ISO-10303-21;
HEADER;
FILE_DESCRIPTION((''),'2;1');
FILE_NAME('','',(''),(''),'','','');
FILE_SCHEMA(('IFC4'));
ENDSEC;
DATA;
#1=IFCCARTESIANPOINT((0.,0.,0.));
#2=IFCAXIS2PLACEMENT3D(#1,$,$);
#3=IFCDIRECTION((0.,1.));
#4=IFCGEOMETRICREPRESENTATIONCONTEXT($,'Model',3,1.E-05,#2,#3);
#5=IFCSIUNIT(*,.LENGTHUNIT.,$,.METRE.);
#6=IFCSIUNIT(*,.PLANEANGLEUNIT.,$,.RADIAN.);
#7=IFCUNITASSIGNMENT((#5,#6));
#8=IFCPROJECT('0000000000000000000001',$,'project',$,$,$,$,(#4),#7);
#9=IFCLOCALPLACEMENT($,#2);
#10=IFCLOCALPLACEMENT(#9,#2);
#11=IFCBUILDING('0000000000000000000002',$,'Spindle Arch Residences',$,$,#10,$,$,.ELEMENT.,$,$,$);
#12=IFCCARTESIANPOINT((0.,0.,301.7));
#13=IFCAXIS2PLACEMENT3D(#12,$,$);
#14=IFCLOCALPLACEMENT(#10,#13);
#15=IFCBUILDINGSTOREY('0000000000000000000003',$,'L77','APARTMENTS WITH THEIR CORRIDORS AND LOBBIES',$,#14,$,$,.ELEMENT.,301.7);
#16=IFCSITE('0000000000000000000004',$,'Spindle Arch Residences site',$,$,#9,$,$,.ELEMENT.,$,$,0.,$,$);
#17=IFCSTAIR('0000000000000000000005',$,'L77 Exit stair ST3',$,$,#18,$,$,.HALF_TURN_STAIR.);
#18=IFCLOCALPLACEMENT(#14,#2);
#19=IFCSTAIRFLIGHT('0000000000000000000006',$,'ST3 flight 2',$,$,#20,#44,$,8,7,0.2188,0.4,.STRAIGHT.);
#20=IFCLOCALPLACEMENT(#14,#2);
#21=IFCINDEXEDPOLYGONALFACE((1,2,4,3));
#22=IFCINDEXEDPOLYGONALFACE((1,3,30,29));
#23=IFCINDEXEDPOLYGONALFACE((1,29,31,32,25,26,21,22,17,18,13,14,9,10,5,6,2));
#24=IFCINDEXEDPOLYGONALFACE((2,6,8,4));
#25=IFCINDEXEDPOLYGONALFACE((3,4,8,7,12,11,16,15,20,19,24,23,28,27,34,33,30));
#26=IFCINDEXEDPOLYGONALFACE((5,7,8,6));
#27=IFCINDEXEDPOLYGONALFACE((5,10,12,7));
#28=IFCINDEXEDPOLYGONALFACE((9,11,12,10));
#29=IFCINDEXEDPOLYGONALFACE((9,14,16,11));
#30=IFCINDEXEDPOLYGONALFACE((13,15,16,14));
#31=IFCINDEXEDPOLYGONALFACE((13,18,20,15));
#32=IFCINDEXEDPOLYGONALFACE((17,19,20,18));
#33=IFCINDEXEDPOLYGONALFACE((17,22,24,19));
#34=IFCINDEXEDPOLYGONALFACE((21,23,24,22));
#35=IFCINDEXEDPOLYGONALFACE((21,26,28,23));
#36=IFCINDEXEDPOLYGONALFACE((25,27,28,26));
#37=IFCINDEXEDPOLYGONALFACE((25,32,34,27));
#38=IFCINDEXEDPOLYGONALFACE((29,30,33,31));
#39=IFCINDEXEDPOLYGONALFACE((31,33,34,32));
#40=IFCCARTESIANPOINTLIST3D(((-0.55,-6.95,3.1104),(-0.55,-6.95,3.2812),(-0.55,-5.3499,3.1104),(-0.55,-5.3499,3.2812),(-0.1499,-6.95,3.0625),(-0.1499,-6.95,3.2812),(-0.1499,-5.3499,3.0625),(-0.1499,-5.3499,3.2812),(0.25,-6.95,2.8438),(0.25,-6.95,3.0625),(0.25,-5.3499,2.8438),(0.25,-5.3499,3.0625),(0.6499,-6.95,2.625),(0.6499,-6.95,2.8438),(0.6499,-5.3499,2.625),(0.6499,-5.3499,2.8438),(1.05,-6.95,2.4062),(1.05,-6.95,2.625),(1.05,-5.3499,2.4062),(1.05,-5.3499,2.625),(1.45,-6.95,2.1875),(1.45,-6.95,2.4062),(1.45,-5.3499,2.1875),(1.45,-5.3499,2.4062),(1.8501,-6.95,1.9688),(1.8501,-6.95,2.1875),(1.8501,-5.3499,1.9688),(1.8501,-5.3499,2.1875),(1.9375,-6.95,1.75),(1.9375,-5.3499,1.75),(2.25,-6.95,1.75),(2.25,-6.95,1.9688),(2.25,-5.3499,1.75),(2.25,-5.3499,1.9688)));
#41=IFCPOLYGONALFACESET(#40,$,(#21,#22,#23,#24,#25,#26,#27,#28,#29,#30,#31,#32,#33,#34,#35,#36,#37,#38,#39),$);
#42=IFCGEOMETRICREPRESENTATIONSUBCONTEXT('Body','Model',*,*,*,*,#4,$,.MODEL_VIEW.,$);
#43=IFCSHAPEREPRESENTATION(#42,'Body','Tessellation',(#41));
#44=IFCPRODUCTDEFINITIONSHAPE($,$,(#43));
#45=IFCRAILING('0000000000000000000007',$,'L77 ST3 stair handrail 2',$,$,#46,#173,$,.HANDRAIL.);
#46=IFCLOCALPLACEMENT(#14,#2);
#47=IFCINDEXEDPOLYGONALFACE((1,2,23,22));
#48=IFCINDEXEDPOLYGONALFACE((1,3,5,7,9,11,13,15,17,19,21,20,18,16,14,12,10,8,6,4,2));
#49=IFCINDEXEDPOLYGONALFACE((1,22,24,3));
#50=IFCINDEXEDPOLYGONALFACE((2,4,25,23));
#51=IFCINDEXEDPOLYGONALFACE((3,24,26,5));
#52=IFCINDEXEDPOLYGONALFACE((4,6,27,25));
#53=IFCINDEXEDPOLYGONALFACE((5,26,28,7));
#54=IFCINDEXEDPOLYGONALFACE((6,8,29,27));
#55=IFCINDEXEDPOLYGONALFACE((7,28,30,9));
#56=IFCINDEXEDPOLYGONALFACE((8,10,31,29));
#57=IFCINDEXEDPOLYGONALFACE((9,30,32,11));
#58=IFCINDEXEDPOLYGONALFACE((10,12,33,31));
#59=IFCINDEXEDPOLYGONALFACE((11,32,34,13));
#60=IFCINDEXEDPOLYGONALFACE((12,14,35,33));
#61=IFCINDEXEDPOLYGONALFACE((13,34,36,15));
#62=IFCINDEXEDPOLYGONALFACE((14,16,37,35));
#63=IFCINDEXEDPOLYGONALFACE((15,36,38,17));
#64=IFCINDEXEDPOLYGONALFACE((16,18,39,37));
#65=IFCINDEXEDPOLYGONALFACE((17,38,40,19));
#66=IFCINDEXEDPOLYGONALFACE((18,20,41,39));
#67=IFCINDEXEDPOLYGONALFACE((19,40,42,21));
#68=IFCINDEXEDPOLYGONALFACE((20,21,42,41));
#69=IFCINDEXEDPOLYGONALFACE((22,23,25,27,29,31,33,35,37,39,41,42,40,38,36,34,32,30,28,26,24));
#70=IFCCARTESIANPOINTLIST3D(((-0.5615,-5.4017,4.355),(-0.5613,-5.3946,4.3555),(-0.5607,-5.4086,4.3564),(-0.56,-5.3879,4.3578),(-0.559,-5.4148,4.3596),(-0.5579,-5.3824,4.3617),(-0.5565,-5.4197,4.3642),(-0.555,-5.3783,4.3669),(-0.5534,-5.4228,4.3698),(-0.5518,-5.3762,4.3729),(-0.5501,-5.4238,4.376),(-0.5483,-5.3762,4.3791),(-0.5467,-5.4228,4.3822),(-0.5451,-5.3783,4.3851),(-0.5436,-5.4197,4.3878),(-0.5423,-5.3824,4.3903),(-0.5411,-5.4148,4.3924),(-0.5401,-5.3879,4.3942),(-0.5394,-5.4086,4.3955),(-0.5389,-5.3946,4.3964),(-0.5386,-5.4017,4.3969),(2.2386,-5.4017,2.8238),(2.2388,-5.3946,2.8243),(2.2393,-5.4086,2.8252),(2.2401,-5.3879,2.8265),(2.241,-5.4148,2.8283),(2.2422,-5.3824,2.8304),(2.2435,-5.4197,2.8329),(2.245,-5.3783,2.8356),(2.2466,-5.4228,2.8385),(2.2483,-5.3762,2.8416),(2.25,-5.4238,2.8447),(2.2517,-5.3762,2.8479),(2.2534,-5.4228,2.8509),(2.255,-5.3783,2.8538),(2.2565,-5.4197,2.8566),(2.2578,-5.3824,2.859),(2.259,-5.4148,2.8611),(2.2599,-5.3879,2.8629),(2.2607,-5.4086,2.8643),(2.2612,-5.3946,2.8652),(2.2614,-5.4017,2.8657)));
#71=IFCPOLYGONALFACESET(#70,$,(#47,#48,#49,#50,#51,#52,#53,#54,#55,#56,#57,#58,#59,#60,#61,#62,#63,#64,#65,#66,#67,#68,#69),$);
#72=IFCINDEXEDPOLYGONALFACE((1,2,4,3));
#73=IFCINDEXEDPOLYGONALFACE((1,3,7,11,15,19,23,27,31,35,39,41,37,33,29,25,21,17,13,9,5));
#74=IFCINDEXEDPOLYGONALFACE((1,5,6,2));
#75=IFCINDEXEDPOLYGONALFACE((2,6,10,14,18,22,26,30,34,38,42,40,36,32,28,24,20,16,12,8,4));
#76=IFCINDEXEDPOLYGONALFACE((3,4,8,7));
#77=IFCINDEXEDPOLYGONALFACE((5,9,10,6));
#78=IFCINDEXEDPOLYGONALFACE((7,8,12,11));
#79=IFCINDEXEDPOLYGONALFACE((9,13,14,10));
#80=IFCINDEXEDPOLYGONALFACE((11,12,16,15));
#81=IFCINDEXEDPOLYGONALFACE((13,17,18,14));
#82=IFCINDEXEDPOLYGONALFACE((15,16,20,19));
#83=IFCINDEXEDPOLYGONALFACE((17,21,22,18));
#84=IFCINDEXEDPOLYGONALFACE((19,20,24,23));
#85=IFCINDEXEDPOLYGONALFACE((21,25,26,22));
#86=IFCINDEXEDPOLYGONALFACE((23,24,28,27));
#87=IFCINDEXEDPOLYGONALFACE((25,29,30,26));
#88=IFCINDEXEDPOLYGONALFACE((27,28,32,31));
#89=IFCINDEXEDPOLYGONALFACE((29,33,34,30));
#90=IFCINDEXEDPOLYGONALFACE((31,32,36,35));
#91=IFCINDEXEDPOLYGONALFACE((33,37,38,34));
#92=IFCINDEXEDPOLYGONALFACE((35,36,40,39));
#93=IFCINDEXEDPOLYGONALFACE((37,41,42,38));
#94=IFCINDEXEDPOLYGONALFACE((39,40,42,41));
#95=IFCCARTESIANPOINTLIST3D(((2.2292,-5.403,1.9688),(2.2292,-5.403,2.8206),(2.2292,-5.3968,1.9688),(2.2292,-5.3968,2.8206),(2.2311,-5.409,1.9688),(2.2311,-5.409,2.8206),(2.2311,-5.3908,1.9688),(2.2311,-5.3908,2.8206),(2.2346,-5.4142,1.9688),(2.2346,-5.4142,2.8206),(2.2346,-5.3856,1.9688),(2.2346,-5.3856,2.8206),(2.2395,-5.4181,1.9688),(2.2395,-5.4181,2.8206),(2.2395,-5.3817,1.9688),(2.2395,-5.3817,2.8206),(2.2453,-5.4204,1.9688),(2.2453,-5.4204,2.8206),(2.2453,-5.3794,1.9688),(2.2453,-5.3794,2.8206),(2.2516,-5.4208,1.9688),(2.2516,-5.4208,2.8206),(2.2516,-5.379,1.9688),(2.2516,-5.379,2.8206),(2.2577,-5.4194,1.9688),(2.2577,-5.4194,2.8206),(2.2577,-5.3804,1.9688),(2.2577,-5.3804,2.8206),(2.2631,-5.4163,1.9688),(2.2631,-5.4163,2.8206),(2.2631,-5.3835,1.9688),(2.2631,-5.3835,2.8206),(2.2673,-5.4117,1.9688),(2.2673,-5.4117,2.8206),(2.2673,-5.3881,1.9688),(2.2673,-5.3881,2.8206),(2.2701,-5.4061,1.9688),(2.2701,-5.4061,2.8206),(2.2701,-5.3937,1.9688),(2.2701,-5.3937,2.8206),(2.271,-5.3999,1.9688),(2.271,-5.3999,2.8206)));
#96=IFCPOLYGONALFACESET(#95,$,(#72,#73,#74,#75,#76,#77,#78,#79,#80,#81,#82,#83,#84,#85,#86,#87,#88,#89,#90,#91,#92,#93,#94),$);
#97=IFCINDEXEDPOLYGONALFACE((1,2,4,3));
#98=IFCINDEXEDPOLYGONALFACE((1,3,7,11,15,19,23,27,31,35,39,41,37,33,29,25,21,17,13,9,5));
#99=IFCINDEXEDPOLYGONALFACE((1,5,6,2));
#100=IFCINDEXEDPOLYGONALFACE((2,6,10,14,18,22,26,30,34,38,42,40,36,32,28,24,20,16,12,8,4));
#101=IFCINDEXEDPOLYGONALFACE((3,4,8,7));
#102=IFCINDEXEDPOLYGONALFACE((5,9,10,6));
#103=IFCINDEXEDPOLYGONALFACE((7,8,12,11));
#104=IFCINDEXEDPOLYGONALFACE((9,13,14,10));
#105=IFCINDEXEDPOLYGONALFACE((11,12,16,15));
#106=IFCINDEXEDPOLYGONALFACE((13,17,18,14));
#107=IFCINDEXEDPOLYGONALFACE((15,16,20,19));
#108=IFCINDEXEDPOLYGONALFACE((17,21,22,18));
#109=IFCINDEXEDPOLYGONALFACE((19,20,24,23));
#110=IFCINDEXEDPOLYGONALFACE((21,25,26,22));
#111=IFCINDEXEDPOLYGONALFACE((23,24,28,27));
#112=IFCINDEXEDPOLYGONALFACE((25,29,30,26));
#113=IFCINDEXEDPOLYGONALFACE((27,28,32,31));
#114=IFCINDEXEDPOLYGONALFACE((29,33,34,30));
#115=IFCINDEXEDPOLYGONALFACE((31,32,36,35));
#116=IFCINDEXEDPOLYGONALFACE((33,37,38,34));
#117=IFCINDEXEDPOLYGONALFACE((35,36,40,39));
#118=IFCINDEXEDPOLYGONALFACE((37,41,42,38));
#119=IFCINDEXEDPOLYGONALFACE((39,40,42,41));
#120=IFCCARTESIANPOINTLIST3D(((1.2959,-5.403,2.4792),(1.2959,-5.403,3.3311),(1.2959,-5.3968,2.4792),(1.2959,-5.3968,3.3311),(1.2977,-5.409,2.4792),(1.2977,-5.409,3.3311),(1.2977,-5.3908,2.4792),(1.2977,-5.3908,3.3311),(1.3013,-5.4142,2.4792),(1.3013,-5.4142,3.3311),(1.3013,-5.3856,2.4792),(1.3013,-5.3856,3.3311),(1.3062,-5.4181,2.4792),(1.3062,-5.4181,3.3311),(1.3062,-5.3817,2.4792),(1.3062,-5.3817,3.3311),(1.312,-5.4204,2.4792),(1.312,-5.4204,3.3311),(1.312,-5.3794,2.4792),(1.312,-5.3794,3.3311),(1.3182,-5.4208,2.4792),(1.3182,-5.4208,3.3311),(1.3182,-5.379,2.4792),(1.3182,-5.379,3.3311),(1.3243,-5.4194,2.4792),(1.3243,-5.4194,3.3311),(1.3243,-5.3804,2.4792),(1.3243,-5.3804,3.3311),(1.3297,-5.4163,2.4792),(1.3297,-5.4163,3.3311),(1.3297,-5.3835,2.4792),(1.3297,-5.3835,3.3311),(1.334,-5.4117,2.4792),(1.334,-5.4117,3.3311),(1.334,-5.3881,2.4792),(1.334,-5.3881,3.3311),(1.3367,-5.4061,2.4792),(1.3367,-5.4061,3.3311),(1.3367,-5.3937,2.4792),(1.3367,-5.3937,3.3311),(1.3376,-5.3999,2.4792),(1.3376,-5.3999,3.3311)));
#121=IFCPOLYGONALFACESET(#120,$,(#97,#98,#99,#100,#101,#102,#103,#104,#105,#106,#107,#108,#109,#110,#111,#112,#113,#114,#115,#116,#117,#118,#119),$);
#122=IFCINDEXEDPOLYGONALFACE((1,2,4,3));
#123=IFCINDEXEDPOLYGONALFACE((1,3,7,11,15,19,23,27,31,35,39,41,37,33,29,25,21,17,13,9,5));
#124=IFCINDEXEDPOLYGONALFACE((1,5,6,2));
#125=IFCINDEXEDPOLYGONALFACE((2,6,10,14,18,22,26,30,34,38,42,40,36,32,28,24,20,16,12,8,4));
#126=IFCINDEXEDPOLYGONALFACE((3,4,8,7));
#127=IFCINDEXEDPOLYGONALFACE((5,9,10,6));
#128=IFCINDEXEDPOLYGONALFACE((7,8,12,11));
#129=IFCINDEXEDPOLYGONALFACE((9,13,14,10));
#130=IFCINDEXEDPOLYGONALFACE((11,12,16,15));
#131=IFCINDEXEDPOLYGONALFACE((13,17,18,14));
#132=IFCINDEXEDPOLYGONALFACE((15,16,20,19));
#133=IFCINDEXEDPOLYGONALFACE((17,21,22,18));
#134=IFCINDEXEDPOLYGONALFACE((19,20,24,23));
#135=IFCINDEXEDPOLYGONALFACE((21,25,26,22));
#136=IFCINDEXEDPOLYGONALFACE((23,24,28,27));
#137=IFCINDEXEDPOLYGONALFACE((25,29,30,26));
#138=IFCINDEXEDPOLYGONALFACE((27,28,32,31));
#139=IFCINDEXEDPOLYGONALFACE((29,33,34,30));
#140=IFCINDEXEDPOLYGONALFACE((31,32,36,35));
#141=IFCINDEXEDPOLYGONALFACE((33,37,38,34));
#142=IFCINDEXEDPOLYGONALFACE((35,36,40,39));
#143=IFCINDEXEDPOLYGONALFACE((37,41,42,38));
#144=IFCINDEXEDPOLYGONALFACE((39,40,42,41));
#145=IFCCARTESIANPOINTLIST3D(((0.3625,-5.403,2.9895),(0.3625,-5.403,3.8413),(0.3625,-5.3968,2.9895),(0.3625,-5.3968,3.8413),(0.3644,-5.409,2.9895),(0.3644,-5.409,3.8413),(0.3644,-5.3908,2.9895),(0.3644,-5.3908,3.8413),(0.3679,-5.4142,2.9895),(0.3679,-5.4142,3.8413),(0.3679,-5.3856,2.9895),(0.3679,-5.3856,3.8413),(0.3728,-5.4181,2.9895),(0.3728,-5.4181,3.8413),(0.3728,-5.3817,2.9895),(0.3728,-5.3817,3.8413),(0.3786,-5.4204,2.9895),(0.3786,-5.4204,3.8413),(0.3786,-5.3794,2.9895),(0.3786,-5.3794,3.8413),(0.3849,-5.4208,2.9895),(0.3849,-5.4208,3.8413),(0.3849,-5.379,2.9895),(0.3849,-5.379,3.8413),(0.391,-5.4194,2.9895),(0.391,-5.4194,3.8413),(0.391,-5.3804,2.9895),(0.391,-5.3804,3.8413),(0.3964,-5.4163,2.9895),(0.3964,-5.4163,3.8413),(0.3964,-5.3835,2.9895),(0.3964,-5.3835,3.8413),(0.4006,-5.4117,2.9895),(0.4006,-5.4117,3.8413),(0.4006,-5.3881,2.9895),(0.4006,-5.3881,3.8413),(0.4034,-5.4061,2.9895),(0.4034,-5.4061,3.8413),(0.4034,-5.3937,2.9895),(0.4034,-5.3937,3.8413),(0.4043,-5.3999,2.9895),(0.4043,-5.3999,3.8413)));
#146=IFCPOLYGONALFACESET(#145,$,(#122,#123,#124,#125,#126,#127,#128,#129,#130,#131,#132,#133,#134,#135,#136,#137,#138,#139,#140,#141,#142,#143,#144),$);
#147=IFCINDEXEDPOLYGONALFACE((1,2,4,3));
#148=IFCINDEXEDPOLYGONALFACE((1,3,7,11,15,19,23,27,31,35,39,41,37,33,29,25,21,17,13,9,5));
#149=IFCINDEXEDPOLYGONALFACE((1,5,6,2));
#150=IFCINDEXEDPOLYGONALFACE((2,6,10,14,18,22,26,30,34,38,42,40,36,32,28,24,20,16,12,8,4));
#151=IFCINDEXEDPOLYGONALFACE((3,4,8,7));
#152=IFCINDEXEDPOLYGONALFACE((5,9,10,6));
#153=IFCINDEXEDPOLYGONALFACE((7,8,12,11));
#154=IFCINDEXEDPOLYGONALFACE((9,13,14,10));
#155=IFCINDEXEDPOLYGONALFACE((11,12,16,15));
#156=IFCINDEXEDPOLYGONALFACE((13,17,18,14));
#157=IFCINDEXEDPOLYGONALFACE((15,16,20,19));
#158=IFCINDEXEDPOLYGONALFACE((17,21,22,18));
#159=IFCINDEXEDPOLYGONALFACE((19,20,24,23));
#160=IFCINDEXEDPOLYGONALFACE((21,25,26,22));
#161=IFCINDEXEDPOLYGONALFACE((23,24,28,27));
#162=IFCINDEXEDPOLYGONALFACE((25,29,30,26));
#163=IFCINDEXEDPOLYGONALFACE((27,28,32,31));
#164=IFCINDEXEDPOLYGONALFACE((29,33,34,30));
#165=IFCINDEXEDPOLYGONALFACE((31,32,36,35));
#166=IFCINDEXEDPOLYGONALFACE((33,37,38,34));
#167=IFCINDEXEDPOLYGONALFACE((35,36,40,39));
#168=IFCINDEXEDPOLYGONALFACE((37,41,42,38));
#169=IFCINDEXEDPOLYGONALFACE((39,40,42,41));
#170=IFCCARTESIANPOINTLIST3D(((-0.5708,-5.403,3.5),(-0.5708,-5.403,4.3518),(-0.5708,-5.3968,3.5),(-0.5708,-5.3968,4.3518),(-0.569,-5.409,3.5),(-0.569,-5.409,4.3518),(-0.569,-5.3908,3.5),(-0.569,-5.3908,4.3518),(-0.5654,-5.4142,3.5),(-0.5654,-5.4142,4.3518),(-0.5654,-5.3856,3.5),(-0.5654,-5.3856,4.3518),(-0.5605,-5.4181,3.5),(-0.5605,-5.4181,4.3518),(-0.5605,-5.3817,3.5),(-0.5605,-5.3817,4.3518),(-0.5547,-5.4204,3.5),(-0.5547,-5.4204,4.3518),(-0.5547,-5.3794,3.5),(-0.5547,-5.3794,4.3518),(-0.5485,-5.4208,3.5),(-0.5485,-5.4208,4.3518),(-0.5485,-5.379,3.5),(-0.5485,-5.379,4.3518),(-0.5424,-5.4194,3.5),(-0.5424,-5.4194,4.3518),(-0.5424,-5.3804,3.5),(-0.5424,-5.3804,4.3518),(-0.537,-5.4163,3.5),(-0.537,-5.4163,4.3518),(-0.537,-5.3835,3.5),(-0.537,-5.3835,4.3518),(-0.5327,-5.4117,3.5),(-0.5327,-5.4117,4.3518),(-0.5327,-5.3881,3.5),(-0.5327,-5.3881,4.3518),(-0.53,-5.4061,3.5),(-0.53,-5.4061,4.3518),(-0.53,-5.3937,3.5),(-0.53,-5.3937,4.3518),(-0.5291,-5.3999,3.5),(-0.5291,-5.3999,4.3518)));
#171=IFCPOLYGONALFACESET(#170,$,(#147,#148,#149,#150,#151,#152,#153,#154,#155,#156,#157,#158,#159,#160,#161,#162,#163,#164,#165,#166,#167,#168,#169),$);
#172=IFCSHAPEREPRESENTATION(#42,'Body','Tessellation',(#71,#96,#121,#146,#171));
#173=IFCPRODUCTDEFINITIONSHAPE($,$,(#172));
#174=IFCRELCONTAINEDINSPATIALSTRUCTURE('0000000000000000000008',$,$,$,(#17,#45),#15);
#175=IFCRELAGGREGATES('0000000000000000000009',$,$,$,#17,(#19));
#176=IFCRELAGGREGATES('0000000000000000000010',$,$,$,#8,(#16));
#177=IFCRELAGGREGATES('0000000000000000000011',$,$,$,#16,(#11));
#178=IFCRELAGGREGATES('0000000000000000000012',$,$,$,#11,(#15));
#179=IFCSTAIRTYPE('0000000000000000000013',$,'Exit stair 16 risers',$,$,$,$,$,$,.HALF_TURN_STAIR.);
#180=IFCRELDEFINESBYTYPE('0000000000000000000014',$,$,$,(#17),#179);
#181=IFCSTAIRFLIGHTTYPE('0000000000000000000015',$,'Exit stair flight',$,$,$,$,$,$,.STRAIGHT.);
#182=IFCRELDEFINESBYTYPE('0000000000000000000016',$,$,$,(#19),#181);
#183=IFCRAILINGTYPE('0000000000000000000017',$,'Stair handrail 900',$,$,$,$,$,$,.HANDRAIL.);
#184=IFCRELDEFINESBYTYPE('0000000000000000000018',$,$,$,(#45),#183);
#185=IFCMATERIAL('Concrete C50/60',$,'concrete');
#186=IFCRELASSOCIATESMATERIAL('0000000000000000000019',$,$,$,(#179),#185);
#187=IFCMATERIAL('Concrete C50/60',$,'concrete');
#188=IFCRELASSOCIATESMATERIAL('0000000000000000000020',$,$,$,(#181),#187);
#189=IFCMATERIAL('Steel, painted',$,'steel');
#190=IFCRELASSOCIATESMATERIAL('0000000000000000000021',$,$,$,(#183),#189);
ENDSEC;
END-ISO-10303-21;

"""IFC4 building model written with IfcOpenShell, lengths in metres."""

from ifc_helpers import new_model, si_unit, direction, frame, origin, origin_2d, place, context, subcontext, project, spatial, polyline, circle, outline, extrude, material, type_object, element, aggregate, save


model = new_model("IFC4")

# Units and contexts
model_context = context("Model", 3, precision=1e-05, world=origin(), true_north=direction((0.0, 1.0)))
body_context = subcontext(model_context, "Body", "Model", "MODEL_VIEW")
ifc_project = project(units=[si_unit("LENGTHUNIT", "METRE"), si_unit("PLANEANGLEUNIT", "RADIAN")], contexts=[model_context])

# Site, building, storey
site_placement = place(None, origin())
site = spatial("IfcSite", under=ifc_project, at=site_placement, Name="Spindle Arch Residences site", CompositionType="ELEMENT", RefElevation=0.0)
building_placement = place(site_placement, origin())
building = spatial("IfcBuilding", under=site, at=building_placement, Name="Spindle Arch Residences", CompositionType="ELEMENT")
storey_placement = place(building_placement, frame((0.0, 0.0, 301.7)))
storey = spatial("IfcBuildingStorey", under=building, at=storey_placement, Name="L77", Description="APARTMENTS WITH THEIR CORRIDORS AND LOBBIES", CompositionType="ELEMENT", Elevation=301.7)

# Stair
ifc_material_1 = material(Name="Concrete C50/60", Category="concrete")
stair_type = type_object("IfcStairType", Name="Exit stair 16 risers", PredefinedType="HALF_TURN_STAIR", material=ifc_material_1)
stair_1_placement = place(storey_placement, origin())
stair_1 = element("IfcStair", 1, at=stair_1_placement, inside=storey, type_object=stair_type, Name="L77 Exit stair ST3", PredefinedType="HALF_TURN_STAIR")

# Stair flight
ifc_material_2 = material(Name="Concrete C50/60", Category="concrete")
stair_flight_type = type_object("IfcStairFlightType", Name="Exit stair flight", PredefinedType="STRAIGHT", material=ifc_material_2)
stair_flight_placement = place(storey_placement, frame((2.25, -6.1499, 1.75), z_axis=(0.0, 0.0, 1.0), x_axis=(-1.0, 0.0, 0.0)))
stair_flight = element("IfcStairFlight", 2, at=stair_flight_placement, type_object=stair_flight_type, Name="ST3 flight 2", NumberOfRisers=8, NumberOfTreads=7, PredefinedType="STRAIGHT", RiserHeight=0.2188, TreadLength=0.4, context=body_context, shape_type="SweptSolid", body=[
    extrude(outline(polyline([(0.0, 0.0), (0.0, 0.2188), (0.3999, 0.2188), (0.3999, 0.4375), (0.8, 0.4375), (0.8, 0.6562), (1.2, 0.6562), (1.2, 0.875), (1.6001, 0.875), (1.6001, 1.0938), (2.0, 1.0938), (2.0, 1.3125), (2.3999, 1.3125), (2.3999, 1.5312), (2.8, 1.5312), (2.8, 1.75), (2.8, 1.3604), (0.3125, 0.0), (0.0, 0.0)])), frame((0.0, 0.8, 0.0), z_axis=(0.0, -1.0, 0.0), x_axis=(1.0, 0.0, 0.0)), (0.0, 0.0, 1.0), 1.6001),
])
aggregate(stair_1, [stair_flight])

# Railing
ifc_material_3 = material(Name="Steel, painted", Category="steel")
railing_type_1 = type_object("IfcRailingType", Name="Stair handrail 900", PredefinedType="HANDRAIL", material=ifc_material_3)
railing_1_placement = place(storey_placement, frame((2.25, -5.3999, 1.9688)))
element("IfcRailing", 3, at=railing_1_placement, inside=storey, type_object=railing_type_1, Name="L77 ST3 stair handrail 2", PredefinedType="HANDRAIL", context=body_context, shape_type="SweptSolid", body=[
    extrude(circle(Radius=0.0239, at=origin_2d()), frame((0.0, 0.0, 0.876), z_axis=(-0.877375, 0.0, 0.479806), x_axis=(0.0, -1.0, 0.0)), (0.0, 0.0, 1.0), 3.1914),
    extrude(circle(Radius=0.021, at=origin_2d()), origin(), (0.0, 0.0, 1.0), 0.8518),
    extrude(circle(Radius=0.021, at=origin_2d()), frame((-0.9333, 0.0, 0.5105)), (0.0, 0.0, 1.0), 0.8518),
    extrude(circle(Radius=0.021, at=origin_2d()), frame((-1.8667, 0.0, 1.0208)), (0.0, 0.0, 1.0), 0.8518),
    extrude(circle(Radius=0.021, at=origin_2d()), frame((-2.8, 0.0, 1.5312)), (0.0, 0.0, 1.0), 0.8518),
])

save(model, "model.ifc")
